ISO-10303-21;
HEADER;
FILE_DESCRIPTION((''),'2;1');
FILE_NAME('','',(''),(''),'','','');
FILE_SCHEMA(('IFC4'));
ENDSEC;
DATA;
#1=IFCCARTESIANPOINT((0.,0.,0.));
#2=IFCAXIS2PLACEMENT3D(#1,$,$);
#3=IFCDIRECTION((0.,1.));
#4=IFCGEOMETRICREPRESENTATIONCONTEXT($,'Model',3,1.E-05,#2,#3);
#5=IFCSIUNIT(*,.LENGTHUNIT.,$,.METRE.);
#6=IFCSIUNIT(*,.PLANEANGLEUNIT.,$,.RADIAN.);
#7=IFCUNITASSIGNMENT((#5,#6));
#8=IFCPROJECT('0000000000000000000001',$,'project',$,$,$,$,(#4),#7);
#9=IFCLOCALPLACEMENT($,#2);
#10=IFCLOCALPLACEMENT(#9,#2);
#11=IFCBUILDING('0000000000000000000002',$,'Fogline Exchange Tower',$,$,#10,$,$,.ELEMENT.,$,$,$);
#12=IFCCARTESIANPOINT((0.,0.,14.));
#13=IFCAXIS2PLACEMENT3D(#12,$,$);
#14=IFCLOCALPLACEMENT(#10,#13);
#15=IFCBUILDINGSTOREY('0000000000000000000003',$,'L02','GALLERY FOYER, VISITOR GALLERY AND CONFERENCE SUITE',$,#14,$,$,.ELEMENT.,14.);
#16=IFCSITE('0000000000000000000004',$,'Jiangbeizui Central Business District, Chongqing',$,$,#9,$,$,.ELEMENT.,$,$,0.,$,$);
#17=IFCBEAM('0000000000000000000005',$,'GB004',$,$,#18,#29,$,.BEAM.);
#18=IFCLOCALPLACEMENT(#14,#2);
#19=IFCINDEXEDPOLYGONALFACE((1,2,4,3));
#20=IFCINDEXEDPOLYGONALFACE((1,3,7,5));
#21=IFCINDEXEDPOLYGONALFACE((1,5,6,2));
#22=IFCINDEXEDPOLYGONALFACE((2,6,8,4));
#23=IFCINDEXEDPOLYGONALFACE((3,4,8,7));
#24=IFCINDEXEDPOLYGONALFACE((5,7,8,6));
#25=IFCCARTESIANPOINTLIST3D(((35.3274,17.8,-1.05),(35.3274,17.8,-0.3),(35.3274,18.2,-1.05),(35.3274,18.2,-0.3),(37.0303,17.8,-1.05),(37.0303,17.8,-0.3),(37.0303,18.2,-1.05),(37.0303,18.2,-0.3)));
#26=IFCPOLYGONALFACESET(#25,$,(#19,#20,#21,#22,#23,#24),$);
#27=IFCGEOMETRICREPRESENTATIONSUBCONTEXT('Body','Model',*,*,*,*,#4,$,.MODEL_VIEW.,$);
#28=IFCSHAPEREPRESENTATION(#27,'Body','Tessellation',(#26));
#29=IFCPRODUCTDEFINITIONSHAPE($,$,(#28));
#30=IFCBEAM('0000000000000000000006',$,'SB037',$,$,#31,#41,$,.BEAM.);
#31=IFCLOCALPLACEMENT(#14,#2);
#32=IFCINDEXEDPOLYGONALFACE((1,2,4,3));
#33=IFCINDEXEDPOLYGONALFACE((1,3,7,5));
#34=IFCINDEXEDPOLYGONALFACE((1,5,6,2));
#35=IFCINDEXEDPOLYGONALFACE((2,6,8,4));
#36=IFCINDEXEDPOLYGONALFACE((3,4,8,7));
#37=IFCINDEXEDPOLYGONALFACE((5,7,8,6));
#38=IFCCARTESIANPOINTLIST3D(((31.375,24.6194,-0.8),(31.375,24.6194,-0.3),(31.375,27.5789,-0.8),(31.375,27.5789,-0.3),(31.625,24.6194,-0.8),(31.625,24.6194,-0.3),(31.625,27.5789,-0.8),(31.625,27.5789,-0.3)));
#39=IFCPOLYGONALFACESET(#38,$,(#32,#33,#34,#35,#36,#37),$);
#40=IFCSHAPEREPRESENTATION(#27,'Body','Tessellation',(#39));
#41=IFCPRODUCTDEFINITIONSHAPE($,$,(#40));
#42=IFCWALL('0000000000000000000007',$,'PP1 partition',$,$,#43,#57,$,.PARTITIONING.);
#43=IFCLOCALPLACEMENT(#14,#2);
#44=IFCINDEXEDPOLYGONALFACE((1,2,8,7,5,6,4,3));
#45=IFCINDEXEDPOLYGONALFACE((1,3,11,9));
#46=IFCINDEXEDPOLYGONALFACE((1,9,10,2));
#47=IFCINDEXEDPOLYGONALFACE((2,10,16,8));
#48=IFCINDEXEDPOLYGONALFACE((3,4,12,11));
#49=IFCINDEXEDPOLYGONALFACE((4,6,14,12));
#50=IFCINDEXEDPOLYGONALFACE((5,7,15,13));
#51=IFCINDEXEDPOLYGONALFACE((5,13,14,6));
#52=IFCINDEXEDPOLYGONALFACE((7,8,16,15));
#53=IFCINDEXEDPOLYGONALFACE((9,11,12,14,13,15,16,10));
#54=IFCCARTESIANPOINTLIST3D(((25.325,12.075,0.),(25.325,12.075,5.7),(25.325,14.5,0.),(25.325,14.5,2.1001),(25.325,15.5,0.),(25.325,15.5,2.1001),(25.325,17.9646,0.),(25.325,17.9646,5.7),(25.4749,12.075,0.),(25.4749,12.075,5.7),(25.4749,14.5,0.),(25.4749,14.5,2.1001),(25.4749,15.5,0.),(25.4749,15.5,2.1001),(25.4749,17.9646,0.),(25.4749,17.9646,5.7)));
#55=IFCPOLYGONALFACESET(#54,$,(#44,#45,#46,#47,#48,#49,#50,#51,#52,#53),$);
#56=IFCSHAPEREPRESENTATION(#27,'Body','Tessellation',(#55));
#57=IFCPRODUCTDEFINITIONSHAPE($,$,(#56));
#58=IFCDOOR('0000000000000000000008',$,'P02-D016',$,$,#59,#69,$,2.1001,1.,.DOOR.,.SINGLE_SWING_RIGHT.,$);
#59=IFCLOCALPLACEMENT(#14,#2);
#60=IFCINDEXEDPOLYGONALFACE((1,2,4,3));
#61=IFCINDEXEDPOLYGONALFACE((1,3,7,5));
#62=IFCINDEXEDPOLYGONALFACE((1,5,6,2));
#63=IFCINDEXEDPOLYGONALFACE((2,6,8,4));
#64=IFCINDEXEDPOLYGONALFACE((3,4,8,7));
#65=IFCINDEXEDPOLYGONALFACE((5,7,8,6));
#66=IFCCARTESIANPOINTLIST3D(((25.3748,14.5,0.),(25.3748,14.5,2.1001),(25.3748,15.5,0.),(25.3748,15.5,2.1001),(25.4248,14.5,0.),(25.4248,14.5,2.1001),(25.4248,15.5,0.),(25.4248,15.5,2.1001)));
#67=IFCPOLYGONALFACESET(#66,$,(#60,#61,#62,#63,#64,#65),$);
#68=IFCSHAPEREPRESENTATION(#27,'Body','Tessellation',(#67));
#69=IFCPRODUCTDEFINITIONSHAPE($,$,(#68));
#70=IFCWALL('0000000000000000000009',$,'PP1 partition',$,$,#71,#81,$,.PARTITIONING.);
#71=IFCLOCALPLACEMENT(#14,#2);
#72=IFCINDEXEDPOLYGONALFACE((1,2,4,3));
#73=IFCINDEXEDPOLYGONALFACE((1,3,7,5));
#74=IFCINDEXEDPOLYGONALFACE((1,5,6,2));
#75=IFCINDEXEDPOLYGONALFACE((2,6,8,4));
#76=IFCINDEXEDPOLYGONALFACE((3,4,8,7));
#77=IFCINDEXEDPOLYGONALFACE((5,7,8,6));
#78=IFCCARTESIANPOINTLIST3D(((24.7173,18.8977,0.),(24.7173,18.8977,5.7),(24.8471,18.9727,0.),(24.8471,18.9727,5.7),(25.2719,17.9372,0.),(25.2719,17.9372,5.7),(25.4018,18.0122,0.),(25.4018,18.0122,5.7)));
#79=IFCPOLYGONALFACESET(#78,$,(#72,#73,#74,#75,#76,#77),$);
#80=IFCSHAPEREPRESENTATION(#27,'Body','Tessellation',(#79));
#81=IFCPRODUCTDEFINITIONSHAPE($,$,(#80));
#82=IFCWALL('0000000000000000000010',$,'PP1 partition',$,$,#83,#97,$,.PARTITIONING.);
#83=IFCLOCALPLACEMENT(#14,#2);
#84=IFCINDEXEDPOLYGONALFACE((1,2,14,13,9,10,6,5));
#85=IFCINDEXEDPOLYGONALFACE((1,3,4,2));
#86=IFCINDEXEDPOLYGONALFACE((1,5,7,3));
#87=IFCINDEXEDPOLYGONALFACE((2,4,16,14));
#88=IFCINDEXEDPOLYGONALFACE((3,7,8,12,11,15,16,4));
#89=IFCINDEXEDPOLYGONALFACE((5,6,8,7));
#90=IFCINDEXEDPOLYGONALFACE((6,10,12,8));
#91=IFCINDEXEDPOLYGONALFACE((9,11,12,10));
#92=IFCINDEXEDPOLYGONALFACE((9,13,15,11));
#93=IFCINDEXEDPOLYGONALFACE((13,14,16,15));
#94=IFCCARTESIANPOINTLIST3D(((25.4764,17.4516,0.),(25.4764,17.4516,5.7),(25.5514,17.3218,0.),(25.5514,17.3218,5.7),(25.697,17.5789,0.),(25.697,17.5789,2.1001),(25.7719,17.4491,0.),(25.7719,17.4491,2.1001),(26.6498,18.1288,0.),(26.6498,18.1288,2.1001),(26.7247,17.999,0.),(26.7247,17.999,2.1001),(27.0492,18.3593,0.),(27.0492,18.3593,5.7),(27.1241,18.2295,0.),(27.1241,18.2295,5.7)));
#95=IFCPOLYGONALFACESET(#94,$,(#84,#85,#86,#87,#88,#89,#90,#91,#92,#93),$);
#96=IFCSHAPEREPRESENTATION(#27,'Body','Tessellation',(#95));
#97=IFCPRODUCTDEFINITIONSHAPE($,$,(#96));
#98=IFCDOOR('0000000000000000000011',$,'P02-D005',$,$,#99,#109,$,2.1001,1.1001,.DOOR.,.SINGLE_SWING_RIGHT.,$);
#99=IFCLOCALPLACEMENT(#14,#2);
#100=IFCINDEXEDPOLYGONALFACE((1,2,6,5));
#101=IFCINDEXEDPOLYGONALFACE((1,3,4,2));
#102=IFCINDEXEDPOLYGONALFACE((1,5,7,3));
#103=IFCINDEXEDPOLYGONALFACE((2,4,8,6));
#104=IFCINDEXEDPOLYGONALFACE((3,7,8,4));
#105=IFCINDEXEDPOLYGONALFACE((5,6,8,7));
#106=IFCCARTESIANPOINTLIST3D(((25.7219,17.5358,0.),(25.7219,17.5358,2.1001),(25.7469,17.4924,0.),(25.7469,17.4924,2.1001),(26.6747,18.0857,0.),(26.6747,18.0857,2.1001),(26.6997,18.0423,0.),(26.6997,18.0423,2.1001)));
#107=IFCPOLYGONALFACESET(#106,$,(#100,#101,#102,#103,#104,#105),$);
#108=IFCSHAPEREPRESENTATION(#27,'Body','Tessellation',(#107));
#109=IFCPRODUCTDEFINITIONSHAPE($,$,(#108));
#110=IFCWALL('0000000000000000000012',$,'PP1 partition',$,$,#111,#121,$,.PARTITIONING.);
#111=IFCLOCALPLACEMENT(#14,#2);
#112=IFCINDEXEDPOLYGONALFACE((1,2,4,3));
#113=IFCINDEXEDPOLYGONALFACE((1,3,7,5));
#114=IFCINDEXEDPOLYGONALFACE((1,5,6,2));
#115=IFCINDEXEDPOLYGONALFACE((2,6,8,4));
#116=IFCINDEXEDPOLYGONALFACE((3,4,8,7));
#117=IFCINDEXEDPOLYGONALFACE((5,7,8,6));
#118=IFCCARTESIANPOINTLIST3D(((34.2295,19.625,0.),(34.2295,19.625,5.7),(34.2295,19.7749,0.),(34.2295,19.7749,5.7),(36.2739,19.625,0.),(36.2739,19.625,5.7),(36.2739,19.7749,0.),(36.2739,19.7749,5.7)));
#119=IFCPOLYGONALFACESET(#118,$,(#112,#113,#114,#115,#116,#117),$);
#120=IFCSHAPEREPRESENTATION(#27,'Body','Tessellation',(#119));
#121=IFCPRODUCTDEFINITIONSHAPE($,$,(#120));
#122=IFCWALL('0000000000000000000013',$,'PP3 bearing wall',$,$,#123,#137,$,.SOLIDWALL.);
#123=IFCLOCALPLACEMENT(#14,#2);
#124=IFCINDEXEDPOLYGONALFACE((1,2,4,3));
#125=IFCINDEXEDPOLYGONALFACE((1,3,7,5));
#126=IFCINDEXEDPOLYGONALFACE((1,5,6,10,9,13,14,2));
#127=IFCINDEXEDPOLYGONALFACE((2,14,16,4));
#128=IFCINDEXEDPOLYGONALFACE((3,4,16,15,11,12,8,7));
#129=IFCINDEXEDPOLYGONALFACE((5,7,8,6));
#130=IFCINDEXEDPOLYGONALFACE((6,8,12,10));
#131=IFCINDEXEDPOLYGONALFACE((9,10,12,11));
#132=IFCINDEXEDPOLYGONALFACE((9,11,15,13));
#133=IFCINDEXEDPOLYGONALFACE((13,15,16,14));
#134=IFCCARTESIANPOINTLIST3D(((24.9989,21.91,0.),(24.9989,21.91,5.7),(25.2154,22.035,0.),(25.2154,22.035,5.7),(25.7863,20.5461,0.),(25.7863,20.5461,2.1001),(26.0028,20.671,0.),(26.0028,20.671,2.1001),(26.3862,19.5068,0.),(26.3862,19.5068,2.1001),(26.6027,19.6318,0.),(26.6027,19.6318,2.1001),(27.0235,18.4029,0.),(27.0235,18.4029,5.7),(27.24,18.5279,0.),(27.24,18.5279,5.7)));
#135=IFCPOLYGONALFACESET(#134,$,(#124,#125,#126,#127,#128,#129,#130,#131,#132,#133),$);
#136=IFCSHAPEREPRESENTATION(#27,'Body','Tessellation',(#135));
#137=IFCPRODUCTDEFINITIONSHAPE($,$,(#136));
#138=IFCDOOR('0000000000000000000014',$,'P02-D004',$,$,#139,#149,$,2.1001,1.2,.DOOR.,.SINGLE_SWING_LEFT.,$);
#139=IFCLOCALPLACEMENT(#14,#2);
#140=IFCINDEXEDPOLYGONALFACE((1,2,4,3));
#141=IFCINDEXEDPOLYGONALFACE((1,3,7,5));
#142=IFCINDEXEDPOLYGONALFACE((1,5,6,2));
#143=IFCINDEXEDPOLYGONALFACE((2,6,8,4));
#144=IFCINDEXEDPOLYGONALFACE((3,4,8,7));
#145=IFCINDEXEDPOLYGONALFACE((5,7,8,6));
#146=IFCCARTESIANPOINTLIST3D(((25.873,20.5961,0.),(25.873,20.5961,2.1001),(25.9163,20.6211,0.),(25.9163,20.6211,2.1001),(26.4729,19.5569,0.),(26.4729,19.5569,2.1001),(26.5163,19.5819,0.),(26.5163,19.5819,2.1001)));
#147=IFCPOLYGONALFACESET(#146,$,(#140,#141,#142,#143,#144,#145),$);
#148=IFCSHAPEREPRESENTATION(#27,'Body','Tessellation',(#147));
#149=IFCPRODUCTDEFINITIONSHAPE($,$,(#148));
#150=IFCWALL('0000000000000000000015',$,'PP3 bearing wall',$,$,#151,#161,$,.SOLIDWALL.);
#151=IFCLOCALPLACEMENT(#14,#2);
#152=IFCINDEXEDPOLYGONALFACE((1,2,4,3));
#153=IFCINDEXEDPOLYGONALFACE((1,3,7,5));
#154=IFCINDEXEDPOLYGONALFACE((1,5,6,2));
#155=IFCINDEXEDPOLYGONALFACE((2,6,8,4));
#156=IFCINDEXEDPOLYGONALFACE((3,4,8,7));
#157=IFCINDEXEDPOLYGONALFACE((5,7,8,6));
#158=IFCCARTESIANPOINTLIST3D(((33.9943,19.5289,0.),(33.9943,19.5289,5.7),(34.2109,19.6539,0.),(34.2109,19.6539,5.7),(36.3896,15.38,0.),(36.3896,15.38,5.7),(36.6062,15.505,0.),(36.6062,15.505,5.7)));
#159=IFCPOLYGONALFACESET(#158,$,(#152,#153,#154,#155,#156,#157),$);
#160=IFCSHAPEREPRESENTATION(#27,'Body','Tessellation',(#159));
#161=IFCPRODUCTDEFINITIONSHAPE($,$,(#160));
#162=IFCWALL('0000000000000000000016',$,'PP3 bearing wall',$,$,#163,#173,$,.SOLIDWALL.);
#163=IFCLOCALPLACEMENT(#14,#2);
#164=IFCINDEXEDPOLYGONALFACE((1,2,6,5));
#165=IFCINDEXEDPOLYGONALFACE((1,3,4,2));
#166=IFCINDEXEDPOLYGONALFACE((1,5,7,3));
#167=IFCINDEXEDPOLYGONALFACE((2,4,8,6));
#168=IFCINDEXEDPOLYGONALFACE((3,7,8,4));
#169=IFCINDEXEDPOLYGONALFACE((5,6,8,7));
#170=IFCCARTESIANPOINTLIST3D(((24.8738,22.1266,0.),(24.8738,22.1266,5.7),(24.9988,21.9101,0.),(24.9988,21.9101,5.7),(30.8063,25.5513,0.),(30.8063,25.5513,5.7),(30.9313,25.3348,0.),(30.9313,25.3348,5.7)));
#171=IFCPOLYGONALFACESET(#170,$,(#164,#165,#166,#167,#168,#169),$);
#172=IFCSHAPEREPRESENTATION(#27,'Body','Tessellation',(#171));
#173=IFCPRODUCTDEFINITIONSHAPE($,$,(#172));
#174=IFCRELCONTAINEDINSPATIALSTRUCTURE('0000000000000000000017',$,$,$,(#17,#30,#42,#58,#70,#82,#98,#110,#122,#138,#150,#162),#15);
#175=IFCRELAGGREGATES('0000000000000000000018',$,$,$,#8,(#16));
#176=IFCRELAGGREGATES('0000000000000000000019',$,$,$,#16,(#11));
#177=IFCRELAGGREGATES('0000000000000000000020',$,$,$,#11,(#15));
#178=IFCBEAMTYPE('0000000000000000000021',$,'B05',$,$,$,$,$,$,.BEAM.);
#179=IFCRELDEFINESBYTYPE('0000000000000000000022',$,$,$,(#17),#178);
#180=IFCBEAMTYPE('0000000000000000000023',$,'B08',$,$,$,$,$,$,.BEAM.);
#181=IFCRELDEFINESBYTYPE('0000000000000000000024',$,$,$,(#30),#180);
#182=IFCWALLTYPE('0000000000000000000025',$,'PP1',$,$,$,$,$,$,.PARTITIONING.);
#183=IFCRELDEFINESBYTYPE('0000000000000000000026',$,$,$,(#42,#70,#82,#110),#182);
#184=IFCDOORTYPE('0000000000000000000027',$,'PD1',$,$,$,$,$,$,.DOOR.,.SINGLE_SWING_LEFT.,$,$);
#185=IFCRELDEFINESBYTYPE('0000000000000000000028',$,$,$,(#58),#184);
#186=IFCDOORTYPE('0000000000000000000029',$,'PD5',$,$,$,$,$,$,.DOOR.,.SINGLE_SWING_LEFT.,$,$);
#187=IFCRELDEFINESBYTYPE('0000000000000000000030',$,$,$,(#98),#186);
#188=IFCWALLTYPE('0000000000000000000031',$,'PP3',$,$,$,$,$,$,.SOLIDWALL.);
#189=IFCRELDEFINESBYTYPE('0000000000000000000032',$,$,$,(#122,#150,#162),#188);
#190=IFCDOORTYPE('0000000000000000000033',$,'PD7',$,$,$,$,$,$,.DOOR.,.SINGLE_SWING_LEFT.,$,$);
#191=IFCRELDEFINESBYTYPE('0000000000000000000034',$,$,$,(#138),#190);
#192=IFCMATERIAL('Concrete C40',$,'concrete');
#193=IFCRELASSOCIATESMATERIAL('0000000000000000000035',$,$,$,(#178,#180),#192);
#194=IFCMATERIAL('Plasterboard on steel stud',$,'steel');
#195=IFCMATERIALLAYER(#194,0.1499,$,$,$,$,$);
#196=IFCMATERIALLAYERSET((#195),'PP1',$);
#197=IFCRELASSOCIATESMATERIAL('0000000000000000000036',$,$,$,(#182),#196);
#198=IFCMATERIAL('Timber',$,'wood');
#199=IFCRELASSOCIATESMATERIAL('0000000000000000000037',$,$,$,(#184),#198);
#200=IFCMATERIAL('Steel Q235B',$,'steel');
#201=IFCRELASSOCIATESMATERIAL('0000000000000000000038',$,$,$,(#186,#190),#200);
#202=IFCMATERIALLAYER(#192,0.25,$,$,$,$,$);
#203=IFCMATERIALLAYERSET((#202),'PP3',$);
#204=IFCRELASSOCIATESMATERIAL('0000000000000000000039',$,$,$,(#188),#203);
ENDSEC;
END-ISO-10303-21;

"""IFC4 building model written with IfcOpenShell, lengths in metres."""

from ifc_helpers import new_model, si_unit, direction, frame, frame_2d, origin, origin_2d, place, context, subcontext, project, spatial, rectangle, extrude, material, layer, layer_set, material_profile, profile_set, type_object, element, fill, save


model = new_model("IFC4")

# Units and contexts
model_context = context("Model", 3, precision=1e-05, world=origin(), true_north=direction((0.0, 1.0)))
body_context = subcontext(model_context, "Body", "Model", "MODEL_VIEW")
ifc_project = project(units=[si_unit("LENGTHUNIT", "METRE"), si_unit("PLANEANGLEUNIT", "RADIAN")], contexts=[model_context])

# Site, building, storey
site_placement = place(None, origin())
site = spatial("IfcSite", under=ifc_project, at=site_placement, Name="Jiangbeizui Central Business District, Chongqing", CompositionType="ELEMENT", RefElevation=0.0)
building_placement = place(site_placement, origin())
building = spatial("IfcBuilding", under=site, at=building_placement, Name="Fogline Exchange Tower", CompositionType="ELEMENT")
storey_placement = place(building_placement, frame((0.0, 0.0, 14.0)))
storey = spatial("IfcBuildingStorey", under=building, at=storey_placement, Name="L02", Description="GALLERY FOYER, VISITOR GALLERY AND CONFERENCE SUITE", CompositionType="ELEMENT", Elevation=14.0)

# Beams
ifc_material_1 = material(Name="Concrete C40", Category="concrete")
ifc_material_profile_1 = material_profile(ifc_material_1, rectangle(XDim=0.3999, YDim=0.75, at=origin_2d()), Name="RC 400x750")
ifc_profile_set_1 = profile_set([ifc_material_profile_1], Name="Concrete C40")
beam_type_1 = type_object("IfcBeamType", Name="B05", PredefinedType="BEAM", material=ifc_profile_set_1)
beam_1_placement = place(storey_placement, frame((35.3274, 18.0, -0.675), z_axis=(1.0, 0.0, 0.0), x_axis=(0.0, 1.0, 0.0)))
element("IfcBeam", 1, at=beam_1_placement, inside=storey, type_object=beam_type_1, Name="GB004", PredefinedType="BEAM", context=body_context, shape_type="SweptSolid", body=[
    extrude(rectangle(XDim=0.3999, YDim=0.75, at=origin_2d()), origin(), (0.0, 0.0, 1.0), 1.7029),
])
ifc_material_profile_2 = material_profile(ifc_material_1, rectangle(XDim=0.25, YDim=0.5, at=origin_2d()), Name="RC 250x500")
ifc_profile_set_2 = profile_set([ifc_material_profile_2], Name="Concrete C40")
beam_type_2 = type_object("IfcBeamType", Name="B08", PredefinedType="BEAM", material=ifc_profile_set_2)
beam_2_placement = place(storey_placement, frame((31.5, 24.6194, -0.55), z_axis=(0.0, 1.0, 0.0), x_axis=(-1.0, 0.0, 0.0)))
element("IfcBeam", 2, at=beam_2_placement, inside=storey, type_object=beam_type_2, Name="SB037", PredefinedType="BEAM", context=body_context, shape_type="SweptSolid", body=[
    extrude(rectangle(XDim=0.25, YDim=0.5, at=origin_2d()), origin(), (0.0, 0.0, 1.0), 2.9595),
])

# Wall, opening, door
ifc_material_2 = material(Name="Plasterboard on steel stud", Category="steel")
ifc_layer_1 = layer(ifc_material_2, 0.1499)
ifc_layer_set_1 = layer_set([ifc_layer_1], Name="PP1")
wall_type_1 = type_object("IfcWallType", Name="PP1", PredefinedType="PARTITIONING", material=ifc_layer_set_1)
wall_1_placement = place(storey_placement, frame((25.3999, 17.9646, 0.0), z_axis=(0.0, 0.0, 1.0), x_axis=(0.0, -1.0, 0.0)))
wall_1 = element("IfcWall", 3, at=wall_1_placement, inside=storey, type_object=wall_type_1, Name="PP1 partition", PredefinedType="PARTITIONING", context=body_context, shape_type="SweptSolid", body=[
    extrude(rectangle(XDim=5.8896, YDim=0.1499, at=frame_2d((2.9448, 0.0))), origin(), (0.0, 0.0, 1.0), 5.7),
])
opening_1_placement = place(wall_1_placement, frame((2.4646, 0.0, 0.0)))
opening_1 = element("IfcOpeningElement", 4, at=opening_1_placement, cuts=wall_1, PredefinedType="OPENING", context=body_context, shape_type="SweptSolid", body=[
    extrude(rectangle(XDim=1.0, YDim=2.1001, at=frame_2d((0.5, 1.05))), frame((0.0, 0.085, 0.0), z_axis=(0.0, -1.0, 0.0), x_axis=(1.0, 0.0, 0.0)), (0.0, 0.0, 1.0), 0.1699),
])
ifc_material_3 = material(Name="Timber", Category="wood")
door_type_1 = type_object("IfcDoorType", Name="PD1", OperationType="SINGLE_SWING_LEFT", PredefinedType="DOOR", material=ifc_material_3)
door_1_placement = place(opening_1_placement, origin())
door_1 = element("IfcDoor", 5, at=door_1_placement, inside=storey, type_object=door_type_1, Name="P02-D016", OperationType="SINGLE_SWING_RIGHT", OverallHeight=2.1001, OverallWidth=1.0, PredefinedType="DOOR", context=body_context, shape_type="SweptSolid", body=[
    extrude(rectangle(XDim=1.0, YDim=2.1001, at=frame_2d((0.5, 1.05))), frame((0.0, 0.0249, 0.0), z_axis=(0.0, -1.0, 0.0), x_axis=(1.0, 0.0, 0.0)), (0.0, 0.0, 1.0), 0.05),
])
fill(opening_1, door_1)

# Wall
wall_2_placement = place(storey_placement, frame((25.3369, 17.9746, 0.0), z_axis=(0.0, 0.0, 1.0), x_axis=(-0.500116, 0.865958, 0.0)))
element("IfcWall", 6, at=wall_2_placement, inside=storey, type_object=wall_type_1, Name="PP1 partition", PredefinedType="PARTITIONING", context=body_context, shape_type="SweptSolid", body=[
    extrude(rectangle(XDim=1.1091, YDim=0.1499, at=frame_2d((0.5547, 0.0))), origin(), (0.0, 0.0, 1.0), 5.7),
])

# Wall, opening, door
wall_3_placement = place(storey_placement, frame((27.0867, 18.2944, 0.0), z_axis=(0.0, 0.0, 1.0), x_axis=(-0.866101, -0.49987, 0.0)))
wall_3 = element("IfcWall", 7, at=wall_3_placement, inside=storey, type_object=wall_type_1, Name="PP1 partition", PredefinedType="PARTITIONING", context=body_context, shape_type="SweptSolid", body=[
    extrude(rectangle(XDim=1.8159, YDim=0.1499, at=frame_2d((0.908, 0.0))), origin(), (0.0, 0.0, 1.0), 5.7),
])
opening_2_placement = place(wall_3_placement, frame((0.4612, 0.0, 0.0)))
opening_2 = element("IfcOpeningElement", 8, at=opening_2_placement, cuts=wall_3, PredefinedType="OPENING", context=body_context, shape_type="SweptSolid", body=[
    extrude(rectangle(XDim=1.1001, YDim=2.1001, at=frame_2d((0.55, 1.05))), frame((0.0, 0.085, 0.0), z_axis=(0.0, -1.0, 0.0), x_axis=(1.0, 0.0, 0.0)), (0.0, 0.0, 1.0), 0.1699),
])
ifc_material_4 = material(Name="Steel Q235B", Category="steel")
door_type_2 = type_object("IfcDoorType", Name="PD5", OperationType="SINGLE_SWING_LEFT", PredefinedType="DOOR", material=ifc_material_4)
door_2_placement = place(opening_2_placement, origin())
door_2 = element("IfcDoor", 9, at=door_2_placement, inside=storey, type_object=door_type_2, Name="P02-D005", OperationType="SINGLE_SWING_RIGHT", OverallHeight=2.1001, OverallWidth=1.1001, PredefinedType="DOOR", context=body_context, shape_type="SweptSolid", body=[
    extrude(rectangle(XDim=1.1001, YDim=2.1001, at=frame_2d((0.55, 1.05))), frame((0.0, 0.0249, 0.0), z_axis=(0.0, -1.0, 0.0), x_axis=(1.0, 0.0, 0.0)), (0.0, 0.0, 1.0), 0.05),
])
fill(opening_2, door_2)

# Wall
wall_4_placement = place(storey_placement, frame((34.2295, 19.7, 0.0), z_axis=(0.0, 0.0, 1.0), x_axis=(1.0, 0.0, 0.0)))
element("IfcWall", 10, at=wall_4_placement, inside=storey, type_object=wall_type_1, Name="PP1 partition", PredefinedType="PARTITIONING", context=body_context, shape_type="SweptSolid", body=[
    extrude(rectangle(XDim=2.0444, YDim=0.1499, at=frame_2d((1.0222, 0.0))), origin(), (0.0, 0.0, 1.0), 5.7),
])

# Wall, opening, door
ifc_layer_2 = layer(ifc_material_1, 0.25)
ifc_layer_set_2 = layer_set([ifc_layer_2], Name="PP3")
wall_type_2 = type_object("IfcWallType", Name="PP3", PredefinedType="SOLIDWALL", material=ifc_layer_set_2)
wall_5_placement = place(storey_placement, frame((27.1318, 18.4653, 0.0), z_axis=(0.0, 0.0, 1.0), x_axis=(-0.499971, 0.866042, 0.0)))
wall_5 = element("IfcWall", 11, at=wall_5_placement, inside=storey, type_object=wall_type_2, Name="PP3 bearing wall", PredefinedType="SOLIDWALL", context=body_context, shape_type="SweptSolid", body=[
    extrude(rectangle(XDim=4.0496, YDim=0.25, at=frame_2d((2.0249, 0.0))), origin(), (0.0, 0.0, 1.0), 5.7),
])
opening_3_placement = place(wall_5_placement, frame((1.2747, 0.0, 0.0)))
opening_3 = element("IfcOpeningElement", 12, at=opening_3_placement, cuts=wall_5, PredefinedType="OPENING", context=body_context, shape_type="SweptSolid", body=[
    extrude(rectangle(XDim=1.2, YDim=2.1001, at=frame_2d((0.6001, 1.05))), frame((0.0, 0.135, 0.0), z_axis=(0.0, -1.0, 0.0), x_axis=(1.0, 0.0, 0.0)), (0.0, 0.0, 1.0), 0.27),
])
door_type_3 = type_object("IfcDoorType", Name="PD7", OperationType="SINGLE_SWING_LEFT", PredefinedType="DOOR", material=ifc_material_4)
door_3_placement = place(opening_3_placement, origin())
door_3 = element("IfcDoor", 13, at=door_3_placement, inside=storey, type_object=door_type_3, Name="P02-D004", OperationType="SINGLE_SWING_LEFT", OverallHeight=2.1001, OverallWidth=1.2, PredefinedType="DOOR", context=body_context, shape_type="SweptSolid", body=[
    extrude(rectangle(XDim=1.2, YDim=2.1001, at=frame_2d((0.6001, 1.05))), frame((0.0, 0.0249, 0.0), z_axis=(0.0, -1.0, 0.0), x_axis=(1.0, 0.0, 0.0)), (0.0, 0.0, 1.0), 0.05),
])
fill(opening_3, door_3)

# Walls
wall_6_placement = place(storey_placement, frame((34.1025, 19.5916, 0.0), z_axis=(0.0, 0.0, 1.0), x_axis=(0.499981, -0.866036, 0.0)))
element("IfcWall", 14, at=wall_6_placement, inside=storey, type_object=wall_type_2, Name="PP3 bearing wall", PredefinedType="SOLIDWALL", context=body_context, shape_type="SweptSolid", body=[
    extrude(rectangle(XDim=4.7908, YDim=0.25, at=frame_2d((2.3955, 0.0))), origin(), (0.0, 0.0, 1.0), 5.7),
])
wall_7_placement = place(storey_placement, frame((24.9363, 22.0183, 0.0), z_axis=(0.0, 0.0, 1.0), x_axis=(0.86605, 0.499957, 0.0)))
element("IfcWall", 15, at=wall_7_placement, inside=storey, type_object=wall_type_2, Name="PP3 bearing wall", PredefinedType="SOLIDWALL", context=body_context, shape_type="SweptSolid", body=[
    extrude(rectangle(XDim=6.8501, YDim=0.25, at=frame_2d((3.425, 0.0))), origin(), (0.0, 0.0, 1.0), 5.7),
])

save(model, "model.ifc")
